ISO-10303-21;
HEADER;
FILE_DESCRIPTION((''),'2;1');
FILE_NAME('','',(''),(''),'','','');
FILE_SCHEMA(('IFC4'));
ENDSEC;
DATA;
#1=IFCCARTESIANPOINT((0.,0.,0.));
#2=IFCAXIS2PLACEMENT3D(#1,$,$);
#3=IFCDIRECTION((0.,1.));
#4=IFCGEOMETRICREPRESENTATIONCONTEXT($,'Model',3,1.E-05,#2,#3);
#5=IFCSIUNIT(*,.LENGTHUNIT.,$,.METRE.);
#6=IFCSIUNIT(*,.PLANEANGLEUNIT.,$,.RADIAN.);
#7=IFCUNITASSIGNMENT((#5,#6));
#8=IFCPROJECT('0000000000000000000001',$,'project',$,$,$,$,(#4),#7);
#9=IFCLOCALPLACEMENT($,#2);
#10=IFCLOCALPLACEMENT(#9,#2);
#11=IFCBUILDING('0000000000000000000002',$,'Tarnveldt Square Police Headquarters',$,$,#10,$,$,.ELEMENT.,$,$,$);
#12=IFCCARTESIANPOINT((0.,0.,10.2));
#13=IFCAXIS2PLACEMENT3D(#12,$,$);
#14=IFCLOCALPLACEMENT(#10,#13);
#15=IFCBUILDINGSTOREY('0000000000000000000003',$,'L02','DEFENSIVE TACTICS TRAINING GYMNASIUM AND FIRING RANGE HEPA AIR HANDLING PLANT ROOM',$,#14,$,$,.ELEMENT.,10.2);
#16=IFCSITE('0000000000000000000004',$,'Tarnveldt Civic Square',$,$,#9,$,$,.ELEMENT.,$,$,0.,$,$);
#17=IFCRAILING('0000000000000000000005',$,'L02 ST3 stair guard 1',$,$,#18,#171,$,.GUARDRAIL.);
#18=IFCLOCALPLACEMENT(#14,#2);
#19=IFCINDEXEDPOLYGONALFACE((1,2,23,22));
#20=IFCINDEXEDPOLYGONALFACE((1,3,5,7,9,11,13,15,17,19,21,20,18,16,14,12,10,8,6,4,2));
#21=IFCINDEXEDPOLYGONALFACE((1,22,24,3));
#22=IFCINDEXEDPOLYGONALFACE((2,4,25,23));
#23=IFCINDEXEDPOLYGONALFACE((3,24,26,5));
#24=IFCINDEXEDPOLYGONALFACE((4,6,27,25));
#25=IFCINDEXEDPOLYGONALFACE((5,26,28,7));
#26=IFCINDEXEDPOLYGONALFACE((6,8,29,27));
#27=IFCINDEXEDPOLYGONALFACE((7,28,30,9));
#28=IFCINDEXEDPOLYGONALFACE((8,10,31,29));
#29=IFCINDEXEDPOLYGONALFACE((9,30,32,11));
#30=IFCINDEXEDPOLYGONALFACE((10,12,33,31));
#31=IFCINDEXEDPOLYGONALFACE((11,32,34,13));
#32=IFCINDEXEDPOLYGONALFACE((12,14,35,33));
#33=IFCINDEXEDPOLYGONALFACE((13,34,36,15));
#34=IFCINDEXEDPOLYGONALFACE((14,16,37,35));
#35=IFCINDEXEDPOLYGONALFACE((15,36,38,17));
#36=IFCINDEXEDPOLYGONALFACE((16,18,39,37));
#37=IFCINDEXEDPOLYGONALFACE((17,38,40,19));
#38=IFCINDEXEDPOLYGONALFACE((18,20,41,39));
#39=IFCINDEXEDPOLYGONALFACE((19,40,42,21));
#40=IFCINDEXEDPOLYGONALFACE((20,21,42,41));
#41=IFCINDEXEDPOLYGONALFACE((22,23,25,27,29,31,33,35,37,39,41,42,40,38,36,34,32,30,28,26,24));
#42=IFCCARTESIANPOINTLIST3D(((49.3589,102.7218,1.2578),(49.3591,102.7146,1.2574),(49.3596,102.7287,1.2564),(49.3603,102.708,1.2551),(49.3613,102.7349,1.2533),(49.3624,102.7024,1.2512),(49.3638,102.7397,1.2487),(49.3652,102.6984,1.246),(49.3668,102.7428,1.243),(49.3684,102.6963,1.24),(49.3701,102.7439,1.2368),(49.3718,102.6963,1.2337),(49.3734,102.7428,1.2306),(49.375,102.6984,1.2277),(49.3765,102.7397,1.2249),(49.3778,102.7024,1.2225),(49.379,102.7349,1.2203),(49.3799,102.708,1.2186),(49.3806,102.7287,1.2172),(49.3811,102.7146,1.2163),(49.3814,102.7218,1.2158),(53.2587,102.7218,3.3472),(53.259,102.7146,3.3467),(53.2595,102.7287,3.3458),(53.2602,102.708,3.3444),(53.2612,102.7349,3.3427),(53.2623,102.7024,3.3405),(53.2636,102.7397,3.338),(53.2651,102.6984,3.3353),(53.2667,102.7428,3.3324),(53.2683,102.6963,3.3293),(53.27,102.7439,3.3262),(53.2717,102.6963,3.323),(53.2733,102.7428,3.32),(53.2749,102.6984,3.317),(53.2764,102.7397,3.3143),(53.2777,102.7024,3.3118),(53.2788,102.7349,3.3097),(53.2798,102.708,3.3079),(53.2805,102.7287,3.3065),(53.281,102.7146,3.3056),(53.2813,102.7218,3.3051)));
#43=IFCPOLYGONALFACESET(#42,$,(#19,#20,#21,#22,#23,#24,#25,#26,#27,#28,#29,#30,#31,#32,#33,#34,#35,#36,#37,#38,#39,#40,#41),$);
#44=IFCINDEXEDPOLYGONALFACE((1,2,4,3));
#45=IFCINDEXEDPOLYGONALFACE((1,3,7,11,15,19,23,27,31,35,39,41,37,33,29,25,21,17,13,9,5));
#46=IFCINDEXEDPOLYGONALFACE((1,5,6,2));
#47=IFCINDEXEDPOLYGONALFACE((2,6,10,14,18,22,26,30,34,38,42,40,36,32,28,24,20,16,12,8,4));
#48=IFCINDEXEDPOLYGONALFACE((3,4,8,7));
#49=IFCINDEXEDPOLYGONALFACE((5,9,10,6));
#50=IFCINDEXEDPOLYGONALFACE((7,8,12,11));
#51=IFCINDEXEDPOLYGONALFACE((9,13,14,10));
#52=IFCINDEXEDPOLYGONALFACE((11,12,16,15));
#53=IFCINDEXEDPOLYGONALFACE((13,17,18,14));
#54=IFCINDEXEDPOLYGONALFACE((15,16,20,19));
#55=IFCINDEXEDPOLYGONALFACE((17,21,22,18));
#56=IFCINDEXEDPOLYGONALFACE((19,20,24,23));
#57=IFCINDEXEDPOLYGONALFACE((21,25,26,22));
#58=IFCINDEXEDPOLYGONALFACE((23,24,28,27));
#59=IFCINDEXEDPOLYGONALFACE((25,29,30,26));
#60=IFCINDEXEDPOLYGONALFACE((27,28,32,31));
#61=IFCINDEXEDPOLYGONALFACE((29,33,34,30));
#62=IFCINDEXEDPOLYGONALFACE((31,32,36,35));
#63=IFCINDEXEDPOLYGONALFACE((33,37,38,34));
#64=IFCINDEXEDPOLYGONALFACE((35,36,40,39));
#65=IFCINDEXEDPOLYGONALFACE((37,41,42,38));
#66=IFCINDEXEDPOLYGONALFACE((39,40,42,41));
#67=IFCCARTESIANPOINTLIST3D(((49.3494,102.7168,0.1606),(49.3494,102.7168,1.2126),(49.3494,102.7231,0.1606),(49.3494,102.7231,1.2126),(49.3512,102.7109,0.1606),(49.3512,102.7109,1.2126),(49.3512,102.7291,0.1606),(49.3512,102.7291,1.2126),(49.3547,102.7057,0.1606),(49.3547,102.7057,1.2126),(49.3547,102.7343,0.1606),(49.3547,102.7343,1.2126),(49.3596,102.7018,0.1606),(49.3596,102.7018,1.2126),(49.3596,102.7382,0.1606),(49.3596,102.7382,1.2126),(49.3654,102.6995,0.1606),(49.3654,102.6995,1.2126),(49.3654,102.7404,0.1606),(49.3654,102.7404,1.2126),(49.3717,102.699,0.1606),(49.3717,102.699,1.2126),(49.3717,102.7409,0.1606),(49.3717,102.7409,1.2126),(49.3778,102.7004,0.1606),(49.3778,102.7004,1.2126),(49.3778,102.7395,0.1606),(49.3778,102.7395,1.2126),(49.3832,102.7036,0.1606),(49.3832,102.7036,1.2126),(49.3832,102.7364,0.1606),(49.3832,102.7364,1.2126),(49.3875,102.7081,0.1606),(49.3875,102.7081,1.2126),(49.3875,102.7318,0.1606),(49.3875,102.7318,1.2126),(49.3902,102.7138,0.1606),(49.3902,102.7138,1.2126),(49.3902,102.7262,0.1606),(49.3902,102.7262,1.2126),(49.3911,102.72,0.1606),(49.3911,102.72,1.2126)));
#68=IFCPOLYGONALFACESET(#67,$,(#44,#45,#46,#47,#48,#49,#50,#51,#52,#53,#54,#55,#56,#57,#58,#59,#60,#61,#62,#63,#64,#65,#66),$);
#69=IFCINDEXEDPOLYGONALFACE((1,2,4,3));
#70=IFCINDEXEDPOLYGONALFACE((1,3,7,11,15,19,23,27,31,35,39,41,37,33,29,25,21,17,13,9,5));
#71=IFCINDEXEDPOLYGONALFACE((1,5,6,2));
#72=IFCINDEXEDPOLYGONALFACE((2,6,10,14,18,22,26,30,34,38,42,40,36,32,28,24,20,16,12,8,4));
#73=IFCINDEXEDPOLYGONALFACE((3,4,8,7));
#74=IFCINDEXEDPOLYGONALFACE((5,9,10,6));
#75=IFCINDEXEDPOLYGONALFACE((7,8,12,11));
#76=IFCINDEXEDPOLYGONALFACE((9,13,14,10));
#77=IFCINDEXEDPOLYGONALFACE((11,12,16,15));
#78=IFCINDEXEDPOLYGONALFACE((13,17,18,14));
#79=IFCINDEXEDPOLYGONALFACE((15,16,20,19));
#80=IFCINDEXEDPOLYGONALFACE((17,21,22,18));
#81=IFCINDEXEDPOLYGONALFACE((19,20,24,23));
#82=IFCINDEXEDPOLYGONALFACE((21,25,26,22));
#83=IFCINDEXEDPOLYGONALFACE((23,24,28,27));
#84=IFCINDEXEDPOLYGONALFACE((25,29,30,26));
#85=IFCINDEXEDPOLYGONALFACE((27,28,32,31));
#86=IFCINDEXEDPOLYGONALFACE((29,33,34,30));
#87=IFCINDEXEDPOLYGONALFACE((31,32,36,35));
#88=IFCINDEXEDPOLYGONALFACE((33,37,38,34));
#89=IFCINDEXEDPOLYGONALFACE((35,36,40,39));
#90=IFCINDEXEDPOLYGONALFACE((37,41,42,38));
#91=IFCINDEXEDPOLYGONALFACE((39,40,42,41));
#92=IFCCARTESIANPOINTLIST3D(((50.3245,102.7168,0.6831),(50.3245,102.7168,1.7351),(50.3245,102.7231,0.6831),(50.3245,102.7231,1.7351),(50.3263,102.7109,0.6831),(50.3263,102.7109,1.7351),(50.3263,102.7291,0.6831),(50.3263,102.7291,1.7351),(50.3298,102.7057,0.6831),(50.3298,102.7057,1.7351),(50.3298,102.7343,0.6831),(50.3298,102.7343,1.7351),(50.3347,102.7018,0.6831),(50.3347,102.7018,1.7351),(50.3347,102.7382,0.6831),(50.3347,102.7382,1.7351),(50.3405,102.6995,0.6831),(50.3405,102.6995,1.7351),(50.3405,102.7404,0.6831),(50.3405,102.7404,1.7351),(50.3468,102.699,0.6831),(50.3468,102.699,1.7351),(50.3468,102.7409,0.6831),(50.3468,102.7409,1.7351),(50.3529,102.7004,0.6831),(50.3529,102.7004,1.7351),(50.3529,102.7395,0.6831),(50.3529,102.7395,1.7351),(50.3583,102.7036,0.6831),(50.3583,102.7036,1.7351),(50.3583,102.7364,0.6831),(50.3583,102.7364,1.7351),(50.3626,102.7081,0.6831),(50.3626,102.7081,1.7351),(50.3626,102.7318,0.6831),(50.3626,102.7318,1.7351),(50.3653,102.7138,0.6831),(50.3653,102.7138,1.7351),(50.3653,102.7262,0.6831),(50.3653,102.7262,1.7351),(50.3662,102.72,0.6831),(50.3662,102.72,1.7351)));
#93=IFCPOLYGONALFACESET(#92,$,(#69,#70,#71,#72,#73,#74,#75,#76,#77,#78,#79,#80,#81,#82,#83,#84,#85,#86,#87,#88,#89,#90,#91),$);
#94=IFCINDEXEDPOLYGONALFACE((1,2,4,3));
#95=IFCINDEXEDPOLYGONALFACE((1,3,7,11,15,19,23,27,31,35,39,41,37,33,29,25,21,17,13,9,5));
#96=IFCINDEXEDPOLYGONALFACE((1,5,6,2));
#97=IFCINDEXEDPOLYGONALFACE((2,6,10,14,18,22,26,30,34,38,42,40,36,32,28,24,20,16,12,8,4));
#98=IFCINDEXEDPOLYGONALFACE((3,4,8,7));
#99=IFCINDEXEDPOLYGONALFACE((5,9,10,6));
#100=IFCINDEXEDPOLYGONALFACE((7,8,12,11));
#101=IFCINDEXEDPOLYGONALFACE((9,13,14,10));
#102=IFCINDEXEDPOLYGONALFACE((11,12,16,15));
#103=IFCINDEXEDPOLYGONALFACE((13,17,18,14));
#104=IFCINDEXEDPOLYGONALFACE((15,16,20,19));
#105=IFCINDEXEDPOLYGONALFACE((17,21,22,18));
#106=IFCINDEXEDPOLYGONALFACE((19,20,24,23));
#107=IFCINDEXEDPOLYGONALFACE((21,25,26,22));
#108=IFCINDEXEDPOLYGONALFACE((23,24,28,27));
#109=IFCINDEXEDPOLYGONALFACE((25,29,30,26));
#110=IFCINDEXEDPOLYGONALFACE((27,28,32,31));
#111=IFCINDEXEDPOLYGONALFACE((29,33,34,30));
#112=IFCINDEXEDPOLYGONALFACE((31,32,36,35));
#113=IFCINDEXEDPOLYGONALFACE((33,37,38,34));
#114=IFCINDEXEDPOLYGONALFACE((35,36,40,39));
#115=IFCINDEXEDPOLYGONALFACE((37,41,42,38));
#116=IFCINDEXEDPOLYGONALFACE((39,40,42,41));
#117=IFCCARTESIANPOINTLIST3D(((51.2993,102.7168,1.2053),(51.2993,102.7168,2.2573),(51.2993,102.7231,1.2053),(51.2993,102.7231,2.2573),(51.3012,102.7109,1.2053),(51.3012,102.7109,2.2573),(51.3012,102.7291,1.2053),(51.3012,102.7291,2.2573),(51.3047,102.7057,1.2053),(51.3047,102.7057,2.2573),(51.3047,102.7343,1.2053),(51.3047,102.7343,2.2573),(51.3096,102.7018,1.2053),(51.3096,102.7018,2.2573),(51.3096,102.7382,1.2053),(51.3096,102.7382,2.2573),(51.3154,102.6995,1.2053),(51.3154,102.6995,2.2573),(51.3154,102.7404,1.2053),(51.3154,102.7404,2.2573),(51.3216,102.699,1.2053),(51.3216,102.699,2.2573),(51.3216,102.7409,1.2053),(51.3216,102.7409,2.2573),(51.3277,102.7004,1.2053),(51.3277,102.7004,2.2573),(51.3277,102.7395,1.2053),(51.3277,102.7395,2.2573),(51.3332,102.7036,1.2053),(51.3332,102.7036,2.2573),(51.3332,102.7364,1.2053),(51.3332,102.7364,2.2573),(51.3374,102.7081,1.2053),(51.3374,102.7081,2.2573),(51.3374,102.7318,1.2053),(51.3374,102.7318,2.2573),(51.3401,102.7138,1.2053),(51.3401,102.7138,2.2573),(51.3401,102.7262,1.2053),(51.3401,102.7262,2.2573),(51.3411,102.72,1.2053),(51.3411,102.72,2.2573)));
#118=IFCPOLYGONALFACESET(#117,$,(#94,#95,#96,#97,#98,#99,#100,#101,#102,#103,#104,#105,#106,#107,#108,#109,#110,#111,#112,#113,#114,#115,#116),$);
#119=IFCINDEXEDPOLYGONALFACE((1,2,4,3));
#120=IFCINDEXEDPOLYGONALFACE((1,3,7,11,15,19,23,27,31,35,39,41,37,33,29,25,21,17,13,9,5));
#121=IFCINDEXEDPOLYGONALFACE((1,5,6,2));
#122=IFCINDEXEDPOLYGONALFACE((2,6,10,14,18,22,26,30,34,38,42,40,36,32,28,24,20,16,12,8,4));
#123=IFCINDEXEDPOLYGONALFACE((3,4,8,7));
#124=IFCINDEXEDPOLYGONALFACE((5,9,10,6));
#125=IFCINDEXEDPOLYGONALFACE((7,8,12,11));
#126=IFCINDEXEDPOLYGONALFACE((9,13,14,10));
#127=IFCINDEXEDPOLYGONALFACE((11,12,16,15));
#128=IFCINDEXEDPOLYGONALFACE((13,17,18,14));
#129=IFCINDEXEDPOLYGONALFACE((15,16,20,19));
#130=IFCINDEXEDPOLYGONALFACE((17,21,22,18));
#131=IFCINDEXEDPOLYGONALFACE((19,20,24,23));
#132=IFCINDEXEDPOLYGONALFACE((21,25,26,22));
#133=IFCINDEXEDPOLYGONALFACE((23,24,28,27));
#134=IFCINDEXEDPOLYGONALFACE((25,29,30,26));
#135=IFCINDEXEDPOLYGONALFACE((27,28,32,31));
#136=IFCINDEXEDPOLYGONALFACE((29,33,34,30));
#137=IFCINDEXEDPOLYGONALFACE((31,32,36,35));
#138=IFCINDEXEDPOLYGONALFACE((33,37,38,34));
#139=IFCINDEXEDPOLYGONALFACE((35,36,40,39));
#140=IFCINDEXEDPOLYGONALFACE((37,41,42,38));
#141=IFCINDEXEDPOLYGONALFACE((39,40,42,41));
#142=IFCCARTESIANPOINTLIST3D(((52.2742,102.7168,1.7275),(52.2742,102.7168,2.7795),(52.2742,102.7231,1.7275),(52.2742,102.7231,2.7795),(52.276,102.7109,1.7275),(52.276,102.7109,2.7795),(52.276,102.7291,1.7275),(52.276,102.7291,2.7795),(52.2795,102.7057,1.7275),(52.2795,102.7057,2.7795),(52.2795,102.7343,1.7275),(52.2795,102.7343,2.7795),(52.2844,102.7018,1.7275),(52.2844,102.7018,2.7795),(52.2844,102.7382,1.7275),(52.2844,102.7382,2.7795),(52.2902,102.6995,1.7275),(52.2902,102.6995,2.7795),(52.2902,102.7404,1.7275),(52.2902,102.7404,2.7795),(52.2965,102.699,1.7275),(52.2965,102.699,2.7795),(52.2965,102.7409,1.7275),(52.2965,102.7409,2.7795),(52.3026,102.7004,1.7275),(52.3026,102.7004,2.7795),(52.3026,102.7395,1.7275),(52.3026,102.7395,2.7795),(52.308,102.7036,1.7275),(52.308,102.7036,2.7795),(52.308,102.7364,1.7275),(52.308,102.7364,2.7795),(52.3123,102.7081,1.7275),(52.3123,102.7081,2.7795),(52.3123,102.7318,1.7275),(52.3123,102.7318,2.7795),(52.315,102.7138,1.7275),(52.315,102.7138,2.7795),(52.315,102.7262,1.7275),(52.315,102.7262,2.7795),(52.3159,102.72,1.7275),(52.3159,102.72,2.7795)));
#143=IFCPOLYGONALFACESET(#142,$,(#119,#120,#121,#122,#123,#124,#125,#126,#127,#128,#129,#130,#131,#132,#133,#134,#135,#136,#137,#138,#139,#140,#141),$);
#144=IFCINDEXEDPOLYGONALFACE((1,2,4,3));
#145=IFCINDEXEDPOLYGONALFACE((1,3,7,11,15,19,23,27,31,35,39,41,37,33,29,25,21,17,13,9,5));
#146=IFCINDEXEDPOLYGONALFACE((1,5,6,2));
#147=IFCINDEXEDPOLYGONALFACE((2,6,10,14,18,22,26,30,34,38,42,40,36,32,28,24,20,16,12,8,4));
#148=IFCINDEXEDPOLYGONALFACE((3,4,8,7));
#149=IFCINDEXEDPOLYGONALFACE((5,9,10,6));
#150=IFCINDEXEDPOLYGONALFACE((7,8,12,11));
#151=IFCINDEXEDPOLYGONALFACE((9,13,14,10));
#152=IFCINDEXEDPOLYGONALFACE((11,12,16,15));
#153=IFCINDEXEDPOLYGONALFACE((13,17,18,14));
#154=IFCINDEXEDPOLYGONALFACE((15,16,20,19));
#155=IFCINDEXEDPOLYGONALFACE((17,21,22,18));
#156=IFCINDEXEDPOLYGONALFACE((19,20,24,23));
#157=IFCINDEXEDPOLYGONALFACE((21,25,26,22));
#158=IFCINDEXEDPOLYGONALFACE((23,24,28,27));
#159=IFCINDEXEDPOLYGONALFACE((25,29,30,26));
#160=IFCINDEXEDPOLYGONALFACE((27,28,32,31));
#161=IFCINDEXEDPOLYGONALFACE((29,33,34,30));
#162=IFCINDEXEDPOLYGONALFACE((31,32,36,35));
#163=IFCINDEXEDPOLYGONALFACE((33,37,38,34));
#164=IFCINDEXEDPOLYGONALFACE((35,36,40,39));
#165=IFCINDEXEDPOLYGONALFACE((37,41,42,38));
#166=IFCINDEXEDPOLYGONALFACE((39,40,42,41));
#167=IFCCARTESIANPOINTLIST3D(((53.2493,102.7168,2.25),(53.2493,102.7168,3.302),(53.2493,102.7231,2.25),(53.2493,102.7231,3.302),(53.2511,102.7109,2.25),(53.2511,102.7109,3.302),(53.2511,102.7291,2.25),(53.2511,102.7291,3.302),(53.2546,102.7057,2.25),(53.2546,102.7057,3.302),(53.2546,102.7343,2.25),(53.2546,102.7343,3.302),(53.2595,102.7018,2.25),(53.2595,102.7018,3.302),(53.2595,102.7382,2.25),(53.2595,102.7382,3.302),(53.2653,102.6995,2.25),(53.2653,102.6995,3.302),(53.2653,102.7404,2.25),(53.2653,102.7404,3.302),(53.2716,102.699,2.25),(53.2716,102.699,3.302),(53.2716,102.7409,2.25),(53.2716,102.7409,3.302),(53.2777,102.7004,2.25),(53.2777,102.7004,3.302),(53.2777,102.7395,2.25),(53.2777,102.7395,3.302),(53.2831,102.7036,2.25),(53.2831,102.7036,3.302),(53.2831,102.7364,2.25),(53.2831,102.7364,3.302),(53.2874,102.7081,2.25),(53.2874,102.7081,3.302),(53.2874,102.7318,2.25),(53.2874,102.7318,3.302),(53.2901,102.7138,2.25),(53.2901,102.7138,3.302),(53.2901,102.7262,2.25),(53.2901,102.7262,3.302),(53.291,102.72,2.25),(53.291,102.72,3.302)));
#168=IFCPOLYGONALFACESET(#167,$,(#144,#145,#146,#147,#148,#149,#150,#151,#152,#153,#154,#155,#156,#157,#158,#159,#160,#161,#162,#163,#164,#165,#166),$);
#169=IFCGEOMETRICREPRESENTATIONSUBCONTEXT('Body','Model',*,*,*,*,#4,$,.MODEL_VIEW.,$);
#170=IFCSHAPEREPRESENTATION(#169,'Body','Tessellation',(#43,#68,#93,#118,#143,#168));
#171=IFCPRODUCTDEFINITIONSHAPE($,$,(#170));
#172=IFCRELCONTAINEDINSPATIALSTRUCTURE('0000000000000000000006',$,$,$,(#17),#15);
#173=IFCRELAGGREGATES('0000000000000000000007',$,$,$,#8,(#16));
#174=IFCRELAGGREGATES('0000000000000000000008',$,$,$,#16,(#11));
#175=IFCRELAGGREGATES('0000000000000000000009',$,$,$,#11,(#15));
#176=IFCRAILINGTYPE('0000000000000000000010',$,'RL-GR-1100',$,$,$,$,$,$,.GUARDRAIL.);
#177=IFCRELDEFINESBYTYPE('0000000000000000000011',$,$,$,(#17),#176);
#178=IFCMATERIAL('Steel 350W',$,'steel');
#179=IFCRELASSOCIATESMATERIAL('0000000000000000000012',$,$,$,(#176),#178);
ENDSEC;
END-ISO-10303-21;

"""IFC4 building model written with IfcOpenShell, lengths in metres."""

from ifc_helpers import new_model, si_unit, direction, frame, origin, origin_2d, place, context, subcontext, project, spatial, circle, extrude, material, type_object, element, save


model = new_model("IFC4")

# Units and contexts
model_context = context("Model", 3, precision=1e-05, world=origin(), true_north=direction((0.0, 1.0)))
body_context = subcontext(model_context, "Body", "Model", "MODEL_VIEW")
ifc_project = project(units=[si_unit("LENGTHUNIT", "METRE"), si_unit("PLANEANGLEUNIT", "RADIAN")], contexts=[model_context])

# Site, building, storey
site_placement = place(None, origin())
site = spatial("IfcSite", under=ifc_project, at=site_placement, Name="Tarnveldt Civic Square", CompositionType="ELEMENT", RefElevation=0.0)
building_placement = place(site_placement, origin())
building = spatial("IfcBuilding", under=site, at=building_placement, Name="Tarnveldt Square Police Headquarters", CompositionType="ELEMENT")
storey_placement = place(building_placement, frame((0.0, 0.0, 10.2)))
storey = spatial("IfcBuildingStorey", under=building, at=storey_placement, Name="L02", Description="DEFENSIVE TACTICS TRAINING GYMNASIUM AND FIRING RANGE HEPA AIR HANDLING PLANT ROOM", CompositionType="ELEMENT", Elevation=10.2)

# Shared definitions
ifc_material_1 = material(Name="Steel 350W", Category="steel")

# Railing
railing_type_1 = type_object("IfcRailingType", Name="RL-GR-1100", PredefinedType="GUARDRAIL", material=ifc_material_1)
railing_1_placement = place(storey_placement, frame((49.3701, 102.72, 0.1606)))
element("IfcRailing", 1, at=railing_1_placement, inside=storey, type_object=railing_type_1, Name="L02 ST3 stair guard 1", PredefinedType="GUARDRAIL", context=body_context, shape_type="SweptSolid", body=[
    extrude(circle(Radius=0.0239, at=origin_2d()), frame((0.0, 0.0, 1.0762), z_axis=(0.881468, 0.0, 0.472243), x_axis=(0.0, 1.0, 0.0)), (0.0, 0.0, 1.0), 4.4243),
    extrude(circle(Radius=0.021, at=origin_2d()), origin(), (0.0, 0.0, 1.0), 1.052),
    extrude(circle(Radius=0.021, at=origin_2d()), frame((0.9751, 0.0, 0.5225)), (0.0, 0.0, 1.0), 1.052),
    extrude(circle(Radius=0.021, at=origin_2d()), frame((1.95, 0.0, 1.0447)), (0.0, 0.0, 1.0), 1.052),
    extrude(circle(Radius=0.021, at=origin_2d()), frame((2.9248, 0.0, 1.5669)), (0.0, 0.0, 1.0), 1.052),
    extrude(circle(Radius=0.021, at=origin_2d()), frame((3.8999, 0.0, 2.0894)), (0.0, 0.0, 1.0), 1.052),
])

save(model, "model.ifc")
